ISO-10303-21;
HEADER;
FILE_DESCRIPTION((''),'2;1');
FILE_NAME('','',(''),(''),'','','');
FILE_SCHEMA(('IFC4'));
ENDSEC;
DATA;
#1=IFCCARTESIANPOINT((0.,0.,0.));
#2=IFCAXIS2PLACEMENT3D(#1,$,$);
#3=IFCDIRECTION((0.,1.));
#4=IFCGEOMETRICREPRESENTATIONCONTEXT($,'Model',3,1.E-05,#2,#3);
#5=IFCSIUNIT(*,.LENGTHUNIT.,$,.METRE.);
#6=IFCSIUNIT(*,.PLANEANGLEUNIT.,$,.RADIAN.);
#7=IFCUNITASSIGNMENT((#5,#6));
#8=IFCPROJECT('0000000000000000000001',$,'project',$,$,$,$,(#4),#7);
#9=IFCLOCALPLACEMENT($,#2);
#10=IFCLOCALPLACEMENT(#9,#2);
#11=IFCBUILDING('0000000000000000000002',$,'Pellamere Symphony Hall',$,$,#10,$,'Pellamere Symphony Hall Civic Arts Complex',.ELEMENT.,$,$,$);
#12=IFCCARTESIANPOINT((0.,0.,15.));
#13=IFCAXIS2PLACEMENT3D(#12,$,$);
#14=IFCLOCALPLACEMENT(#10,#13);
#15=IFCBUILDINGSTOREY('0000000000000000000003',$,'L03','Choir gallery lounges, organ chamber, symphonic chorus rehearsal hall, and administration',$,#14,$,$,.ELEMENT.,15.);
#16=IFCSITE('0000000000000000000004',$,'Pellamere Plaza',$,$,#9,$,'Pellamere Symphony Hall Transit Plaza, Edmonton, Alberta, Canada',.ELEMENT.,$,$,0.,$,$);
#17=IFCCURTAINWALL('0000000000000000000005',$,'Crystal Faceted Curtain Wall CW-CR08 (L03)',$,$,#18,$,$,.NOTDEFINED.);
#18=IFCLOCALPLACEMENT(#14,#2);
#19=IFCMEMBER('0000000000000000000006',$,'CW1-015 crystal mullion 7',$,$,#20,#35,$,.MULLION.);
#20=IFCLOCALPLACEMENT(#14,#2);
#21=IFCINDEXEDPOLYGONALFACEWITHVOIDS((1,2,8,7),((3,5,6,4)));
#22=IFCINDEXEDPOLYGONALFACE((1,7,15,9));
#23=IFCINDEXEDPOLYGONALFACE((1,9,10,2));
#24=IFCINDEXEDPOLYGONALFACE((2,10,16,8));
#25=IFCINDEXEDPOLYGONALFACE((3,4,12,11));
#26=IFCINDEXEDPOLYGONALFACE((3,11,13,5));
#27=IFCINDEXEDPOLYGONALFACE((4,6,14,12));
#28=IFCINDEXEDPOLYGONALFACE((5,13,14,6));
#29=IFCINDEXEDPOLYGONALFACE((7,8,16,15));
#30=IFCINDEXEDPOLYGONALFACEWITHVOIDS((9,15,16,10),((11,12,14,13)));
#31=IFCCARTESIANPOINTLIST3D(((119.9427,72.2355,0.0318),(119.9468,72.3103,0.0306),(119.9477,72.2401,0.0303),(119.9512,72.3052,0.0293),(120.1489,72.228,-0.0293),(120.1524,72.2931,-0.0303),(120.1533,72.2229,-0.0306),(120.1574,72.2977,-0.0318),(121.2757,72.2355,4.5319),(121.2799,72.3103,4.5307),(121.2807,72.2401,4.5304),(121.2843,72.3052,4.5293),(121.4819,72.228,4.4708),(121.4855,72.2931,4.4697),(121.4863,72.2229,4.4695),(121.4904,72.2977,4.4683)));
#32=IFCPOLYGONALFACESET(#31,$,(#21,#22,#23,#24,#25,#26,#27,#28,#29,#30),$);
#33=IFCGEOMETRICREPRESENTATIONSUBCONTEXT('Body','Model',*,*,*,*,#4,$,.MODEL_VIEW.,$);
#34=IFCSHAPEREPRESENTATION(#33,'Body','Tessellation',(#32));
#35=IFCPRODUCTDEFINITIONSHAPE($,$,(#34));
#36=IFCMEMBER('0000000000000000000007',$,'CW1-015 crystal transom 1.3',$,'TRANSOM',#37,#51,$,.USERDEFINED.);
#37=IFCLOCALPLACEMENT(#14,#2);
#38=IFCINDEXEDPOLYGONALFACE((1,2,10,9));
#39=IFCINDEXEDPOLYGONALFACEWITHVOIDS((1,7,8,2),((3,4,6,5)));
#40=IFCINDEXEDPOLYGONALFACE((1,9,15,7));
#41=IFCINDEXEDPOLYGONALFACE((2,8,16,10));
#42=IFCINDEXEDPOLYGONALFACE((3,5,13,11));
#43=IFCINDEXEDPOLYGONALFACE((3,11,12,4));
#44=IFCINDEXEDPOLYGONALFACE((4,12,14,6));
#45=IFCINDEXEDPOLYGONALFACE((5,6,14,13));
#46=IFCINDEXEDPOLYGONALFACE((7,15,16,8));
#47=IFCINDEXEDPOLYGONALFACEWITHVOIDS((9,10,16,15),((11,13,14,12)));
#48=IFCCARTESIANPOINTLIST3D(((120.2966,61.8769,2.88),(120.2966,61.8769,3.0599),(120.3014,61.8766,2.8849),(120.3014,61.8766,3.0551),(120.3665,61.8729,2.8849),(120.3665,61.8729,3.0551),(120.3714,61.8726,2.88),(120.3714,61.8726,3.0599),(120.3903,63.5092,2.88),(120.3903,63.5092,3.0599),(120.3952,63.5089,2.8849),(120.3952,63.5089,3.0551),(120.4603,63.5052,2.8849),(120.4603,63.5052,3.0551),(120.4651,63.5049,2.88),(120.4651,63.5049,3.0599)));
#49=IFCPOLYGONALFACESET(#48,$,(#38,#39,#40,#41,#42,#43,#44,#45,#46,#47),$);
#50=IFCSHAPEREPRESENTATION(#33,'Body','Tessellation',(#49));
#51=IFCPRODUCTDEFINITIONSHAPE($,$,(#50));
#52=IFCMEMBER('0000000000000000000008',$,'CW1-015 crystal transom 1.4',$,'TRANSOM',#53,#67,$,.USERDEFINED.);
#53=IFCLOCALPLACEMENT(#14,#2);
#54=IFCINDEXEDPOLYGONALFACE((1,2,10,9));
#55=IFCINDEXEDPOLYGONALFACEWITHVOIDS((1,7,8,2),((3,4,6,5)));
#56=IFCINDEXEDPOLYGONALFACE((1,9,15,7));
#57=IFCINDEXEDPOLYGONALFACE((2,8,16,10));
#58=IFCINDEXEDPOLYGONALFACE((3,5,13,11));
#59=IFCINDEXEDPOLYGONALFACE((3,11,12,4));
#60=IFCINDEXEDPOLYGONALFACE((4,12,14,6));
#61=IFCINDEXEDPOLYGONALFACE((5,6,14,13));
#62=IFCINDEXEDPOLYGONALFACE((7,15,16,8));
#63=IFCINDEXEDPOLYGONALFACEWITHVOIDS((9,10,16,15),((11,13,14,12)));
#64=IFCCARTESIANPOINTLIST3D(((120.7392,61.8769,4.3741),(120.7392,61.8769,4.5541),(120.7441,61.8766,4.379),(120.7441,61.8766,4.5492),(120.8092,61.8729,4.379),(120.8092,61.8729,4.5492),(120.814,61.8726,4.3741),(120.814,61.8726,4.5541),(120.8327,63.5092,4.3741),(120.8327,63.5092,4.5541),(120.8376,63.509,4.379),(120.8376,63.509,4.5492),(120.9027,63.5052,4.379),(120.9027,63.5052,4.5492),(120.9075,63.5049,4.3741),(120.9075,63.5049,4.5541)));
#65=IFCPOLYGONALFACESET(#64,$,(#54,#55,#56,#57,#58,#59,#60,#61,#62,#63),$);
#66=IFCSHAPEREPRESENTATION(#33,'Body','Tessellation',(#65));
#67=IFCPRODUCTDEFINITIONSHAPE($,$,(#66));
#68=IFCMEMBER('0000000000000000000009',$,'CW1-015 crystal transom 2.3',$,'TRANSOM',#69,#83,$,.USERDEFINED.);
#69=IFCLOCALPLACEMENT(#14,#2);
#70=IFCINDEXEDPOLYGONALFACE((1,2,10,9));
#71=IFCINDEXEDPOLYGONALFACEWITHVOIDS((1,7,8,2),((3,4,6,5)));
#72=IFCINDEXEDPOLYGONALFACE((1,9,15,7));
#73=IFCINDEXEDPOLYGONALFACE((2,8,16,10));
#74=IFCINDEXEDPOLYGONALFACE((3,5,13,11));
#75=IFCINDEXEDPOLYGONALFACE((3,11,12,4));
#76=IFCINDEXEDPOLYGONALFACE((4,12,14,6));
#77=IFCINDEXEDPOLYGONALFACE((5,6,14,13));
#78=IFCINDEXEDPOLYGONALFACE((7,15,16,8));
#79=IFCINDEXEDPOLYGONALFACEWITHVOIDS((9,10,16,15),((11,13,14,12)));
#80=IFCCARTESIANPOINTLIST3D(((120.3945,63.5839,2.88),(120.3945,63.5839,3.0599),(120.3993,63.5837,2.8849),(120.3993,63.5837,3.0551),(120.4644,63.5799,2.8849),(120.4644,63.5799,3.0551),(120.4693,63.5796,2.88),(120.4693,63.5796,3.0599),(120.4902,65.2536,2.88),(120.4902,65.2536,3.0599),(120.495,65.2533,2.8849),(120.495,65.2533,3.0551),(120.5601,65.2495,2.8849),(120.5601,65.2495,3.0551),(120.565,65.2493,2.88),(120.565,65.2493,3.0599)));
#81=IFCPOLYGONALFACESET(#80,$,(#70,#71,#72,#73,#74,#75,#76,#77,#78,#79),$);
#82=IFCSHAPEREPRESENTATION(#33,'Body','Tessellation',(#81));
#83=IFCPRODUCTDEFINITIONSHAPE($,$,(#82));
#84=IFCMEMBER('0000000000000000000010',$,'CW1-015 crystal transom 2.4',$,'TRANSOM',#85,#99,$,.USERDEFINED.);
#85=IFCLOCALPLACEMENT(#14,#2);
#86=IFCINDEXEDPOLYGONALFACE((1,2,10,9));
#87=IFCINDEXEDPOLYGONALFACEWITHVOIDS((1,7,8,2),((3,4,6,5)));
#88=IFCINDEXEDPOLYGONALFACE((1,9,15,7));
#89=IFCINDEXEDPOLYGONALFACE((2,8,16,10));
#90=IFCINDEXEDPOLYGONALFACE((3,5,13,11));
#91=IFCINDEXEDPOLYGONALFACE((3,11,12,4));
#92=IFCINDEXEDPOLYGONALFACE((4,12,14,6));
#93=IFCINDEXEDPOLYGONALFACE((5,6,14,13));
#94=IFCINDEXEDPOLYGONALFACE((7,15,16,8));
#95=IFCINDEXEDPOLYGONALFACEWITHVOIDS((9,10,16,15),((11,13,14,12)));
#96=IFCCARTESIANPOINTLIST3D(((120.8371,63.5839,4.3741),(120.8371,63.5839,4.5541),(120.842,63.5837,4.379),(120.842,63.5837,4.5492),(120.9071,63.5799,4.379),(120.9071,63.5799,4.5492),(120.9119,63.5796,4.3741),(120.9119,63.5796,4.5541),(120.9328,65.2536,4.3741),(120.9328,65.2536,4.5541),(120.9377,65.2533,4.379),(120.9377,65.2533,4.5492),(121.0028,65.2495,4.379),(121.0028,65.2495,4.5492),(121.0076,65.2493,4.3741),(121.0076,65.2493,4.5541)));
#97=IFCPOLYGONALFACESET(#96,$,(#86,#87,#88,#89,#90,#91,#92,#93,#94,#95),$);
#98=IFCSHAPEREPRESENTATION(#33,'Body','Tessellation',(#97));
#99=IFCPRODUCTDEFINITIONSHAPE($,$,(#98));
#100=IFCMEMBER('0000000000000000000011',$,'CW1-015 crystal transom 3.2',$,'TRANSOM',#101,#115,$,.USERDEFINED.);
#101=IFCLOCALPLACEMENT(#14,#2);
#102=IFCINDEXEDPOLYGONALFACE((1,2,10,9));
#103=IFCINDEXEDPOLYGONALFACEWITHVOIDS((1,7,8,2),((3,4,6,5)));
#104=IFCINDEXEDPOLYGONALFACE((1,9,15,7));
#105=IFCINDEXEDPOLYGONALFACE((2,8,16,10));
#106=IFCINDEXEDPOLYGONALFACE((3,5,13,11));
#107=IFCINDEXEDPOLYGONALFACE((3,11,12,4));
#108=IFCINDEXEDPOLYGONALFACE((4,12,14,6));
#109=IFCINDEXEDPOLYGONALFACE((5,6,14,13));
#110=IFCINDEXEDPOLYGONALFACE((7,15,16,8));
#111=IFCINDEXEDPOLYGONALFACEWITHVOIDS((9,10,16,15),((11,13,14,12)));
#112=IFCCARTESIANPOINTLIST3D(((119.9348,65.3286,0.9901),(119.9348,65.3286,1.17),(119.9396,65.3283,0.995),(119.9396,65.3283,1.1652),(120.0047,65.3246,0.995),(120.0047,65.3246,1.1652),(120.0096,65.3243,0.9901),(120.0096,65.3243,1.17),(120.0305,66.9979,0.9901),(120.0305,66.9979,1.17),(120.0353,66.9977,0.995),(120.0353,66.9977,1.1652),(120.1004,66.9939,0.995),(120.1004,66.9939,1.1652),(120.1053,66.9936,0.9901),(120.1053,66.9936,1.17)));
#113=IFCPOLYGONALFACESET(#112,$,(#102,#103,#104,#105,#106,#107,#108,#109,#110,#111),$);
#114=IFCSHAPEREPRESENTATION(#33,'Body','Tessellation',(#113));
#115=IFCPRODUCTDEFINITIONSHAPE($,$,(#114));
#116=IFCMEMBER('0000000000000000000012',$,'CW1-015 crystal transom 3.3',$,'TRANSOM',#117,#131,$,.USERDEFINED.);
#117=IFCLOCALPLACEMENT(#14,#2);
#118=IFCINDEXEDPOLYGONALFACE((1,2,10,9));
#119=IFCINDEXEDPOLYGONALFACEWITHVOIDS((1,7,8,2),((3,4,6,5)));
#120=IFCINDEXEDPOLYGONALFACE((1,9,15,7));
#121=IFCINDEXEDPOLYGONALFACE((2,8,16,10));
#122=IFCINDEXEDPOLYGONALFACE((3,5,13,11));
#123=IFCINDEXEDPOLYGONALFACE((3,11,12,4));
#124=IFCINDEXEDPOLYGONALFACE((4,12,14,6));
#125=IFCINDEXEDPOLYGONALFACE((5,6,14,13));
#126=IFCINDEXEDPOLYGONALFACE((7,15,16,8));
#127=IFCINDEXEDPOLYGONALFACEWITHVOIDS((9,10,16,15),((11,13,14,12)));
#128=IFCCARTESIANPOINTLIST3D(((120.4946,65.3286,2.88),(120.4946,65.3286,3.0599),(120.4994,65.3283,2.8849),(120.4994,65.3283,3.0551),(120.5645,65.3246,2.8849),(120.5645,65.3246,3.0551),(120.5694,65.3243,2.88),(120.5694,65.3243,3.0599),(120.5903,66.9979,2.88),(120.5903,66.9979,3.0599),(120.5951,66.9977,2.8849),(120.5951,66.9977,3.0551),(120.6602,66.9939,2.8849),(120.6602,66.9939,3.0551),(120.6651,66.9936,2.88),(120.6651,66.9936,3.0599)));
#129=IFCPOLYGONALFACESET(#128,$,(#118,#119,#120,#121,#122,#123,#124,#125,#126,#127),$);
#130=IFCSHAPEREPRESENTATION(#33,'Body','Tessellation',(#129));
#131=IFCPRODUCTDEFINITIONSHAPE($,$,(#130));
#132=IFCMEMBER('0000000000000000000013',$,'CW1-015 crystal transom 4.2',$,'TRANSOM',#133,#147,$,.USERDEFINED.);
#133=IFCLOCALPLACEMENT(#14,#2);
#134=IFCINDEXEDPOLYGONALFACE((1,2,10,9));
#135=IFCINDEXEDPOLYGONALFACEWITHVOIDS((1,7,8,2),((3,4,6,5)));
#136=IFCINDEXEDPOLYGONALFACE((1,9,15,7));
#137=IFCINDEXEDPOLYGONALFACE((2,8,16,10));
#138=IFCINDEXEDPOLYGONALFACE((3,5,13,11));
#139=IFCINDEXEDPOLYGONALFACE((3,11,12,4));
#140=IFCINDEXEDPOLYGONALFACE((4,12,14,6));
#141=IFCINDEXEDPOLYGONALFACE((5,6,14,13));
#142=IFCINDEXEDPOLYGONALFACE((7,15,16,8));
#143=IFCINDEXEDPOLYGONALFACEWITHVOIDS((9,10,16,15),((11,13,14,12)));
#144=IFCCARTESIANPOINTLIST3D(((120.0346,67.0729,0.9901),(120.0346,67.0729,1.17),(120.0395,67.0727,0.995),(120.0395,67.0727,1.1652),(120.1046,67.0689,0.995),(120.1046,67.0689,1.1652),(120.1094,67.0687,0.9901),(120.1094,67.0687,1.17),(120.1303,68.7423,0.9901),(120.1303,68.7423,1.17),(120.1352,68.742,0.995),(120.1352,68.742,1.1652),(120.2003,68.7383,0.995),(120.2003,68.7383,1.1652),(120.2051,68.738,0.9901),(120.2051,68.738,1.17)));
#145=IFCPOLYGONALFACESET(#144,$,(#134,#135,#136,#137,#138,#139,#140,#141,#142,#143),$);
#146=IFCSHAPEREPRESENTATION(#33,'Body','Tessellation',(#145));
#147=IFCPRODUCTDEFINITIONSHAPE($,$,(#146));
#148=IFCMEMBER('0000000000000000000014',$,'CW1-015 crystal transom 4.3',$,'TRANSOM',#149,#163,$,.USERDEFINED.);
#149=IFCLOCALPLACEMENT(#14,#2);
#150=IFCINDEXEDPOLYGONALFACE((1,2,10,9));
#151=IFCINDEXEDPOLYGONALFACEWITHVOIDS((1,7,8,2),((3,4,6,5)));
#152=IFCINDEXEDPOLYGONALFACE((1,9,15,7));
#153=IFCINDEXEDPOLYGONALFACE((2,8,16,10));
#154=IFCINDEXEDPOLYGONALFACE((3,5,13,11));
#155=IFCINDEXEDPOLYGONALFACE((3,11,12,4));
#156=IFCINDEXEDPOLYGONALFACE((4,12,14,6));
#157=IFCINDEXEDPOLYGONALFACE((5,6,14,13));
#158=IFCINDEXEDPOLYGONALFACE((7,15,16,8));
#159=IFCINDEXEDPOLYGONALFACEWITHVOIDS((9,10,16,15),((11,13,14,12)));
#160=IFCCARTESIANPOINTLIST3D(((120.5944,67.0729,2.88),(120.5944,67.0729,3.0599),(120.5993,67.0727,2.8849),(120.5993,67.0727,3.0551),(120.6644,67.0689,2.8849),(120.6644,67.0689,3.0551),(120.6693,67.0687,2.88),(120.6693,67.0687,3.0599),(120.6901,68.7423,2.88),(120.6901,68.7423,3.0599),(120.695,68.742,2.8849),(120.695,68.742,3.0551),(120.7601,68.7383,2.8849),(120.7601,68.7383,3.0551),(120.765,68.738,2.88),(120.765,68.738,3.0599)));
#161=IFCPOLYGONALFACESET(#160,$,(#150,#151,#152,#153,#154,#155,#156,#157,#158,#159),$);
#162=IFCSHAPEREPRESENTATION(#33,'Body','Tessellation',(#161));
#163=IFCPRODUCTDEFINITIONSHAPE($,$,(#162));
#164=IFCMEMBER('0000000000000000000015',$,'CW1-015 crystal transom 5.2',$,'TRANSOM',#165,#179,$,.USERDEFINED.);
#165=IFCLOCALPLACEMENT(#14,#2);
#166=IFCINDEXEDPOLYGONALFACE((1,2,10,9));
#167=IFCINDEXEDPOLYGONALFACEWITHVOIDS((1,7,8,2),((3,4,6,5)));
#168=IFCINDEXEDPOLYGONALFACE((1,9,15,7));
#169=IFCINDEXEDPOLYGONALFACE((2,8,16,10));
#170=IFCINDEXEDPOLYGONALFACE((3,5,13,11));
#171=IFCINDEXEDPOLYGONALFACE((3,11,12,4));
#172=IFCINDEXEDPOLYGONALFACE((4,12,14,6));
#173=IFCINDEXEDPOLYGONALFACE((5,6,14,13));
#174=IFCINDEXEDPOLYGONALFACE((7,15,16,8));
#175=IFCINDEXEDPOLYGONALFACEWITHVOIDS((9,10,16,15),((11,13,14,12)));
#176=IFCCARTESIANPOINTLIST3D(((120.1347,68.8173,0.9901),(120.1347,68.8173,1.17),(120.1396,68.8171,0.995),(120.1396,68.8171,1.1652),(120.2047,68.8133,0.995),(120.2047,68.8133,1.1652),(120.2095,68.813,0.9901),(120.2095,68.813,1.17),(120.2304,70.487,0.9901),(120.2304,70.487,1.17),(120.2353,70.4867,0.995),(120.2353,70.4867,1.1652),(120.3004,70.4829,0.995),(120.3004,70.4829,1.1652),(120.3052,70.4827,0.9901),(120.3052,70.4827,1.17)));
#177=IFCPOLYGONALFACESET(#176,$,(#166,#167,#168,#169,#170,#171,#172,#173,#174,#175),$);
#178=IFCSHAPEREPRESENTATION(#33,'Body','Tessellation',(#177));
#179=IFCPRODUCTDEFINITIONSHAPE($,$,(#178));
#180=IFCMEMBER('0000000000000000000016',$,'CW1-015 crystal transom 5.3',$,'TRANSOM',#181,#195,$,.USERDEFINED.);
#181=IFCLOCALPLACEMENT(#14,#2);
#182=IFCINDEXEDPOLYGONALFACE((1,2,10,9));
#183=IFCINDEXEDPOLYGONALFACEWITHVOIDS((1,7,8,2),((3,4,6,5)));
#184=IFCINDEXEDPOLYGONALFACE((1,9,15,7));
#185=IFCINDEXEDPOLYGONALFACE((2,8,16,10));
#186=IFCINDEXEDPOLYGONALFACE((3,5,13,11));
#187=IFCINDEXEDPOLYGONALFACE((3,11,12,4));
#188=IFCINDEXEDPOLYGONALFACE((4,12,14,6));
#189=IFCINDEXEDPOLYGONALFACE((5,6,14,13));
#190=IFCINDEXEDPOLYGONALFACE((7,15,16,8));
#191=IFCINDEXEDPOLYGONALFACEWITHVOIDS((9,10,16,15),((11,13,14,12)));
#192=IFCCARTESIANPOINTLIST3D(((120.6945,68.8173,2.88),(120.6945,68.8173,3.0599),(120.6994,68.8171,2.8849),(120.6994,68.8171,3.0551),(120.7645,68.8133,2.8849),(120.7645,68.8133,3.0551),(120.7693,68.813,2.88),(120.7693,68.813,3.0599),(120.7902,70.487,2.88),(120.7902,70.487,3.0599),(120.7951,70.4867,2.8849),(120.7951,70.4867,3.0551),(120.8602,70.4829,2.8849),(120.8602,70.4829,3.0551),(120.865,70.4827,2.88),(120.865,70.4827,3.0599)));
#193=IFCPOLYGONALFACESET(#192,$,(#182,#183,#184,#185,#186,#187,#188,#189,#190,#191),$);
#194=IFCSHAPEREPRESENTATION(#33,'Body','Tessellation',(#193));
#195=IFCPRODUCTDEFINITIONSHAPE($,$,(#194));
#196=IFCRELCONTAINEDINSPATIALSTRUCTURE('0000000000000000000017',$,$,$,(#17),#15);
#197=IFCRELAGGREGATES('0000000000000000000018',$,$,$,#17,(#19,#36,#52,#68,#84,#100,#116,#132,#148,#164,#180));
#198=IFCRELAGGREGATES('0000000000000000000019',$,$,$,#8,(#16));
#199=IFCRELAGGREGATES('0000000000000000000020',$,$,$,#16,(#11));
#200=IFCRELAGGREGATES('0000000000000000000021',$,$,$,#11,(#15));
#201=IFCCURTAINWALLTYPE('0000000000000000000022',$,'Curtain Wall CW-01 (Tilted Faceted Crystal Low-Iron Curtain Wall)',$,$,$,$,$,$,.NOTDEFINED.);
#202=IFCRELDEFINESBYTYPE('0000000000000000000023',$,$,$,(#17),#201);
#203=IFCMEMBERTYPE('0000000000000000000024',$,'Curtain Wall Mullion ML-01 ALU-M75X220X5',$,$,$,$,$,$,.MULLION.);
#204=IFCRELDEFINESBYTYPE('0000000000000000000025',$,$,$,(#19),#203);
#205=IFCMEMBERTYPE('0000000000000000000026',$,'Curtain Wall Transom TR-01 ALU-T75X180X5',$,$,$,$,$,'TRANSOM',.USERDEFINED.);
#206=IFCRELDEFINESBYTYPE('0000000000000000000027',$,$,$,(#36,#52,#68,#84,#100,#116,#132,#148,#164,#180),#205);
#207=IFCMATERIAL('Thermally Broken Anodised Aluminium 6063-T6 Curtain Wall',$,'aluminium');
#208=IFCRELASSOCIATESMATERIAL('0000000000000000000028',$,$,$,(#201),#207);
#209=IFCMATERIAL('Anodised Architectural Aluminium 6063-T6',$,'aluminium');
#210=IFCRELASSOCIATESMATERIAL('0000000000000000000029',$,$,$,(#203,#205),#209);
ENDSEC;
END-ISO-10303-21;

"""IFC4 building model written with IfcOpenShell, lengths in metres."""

from ifc_helpers import new_model, si_unit, direction, frame, origin, origin_2d, place, context, subcontext, project, spatial, hollow_rectangle, extrude, material, material_profile, profile_set, type_object, element, aggregate, save


model = new_model("IFC4")

# Units and contexts
model_context = context("Model", 3, precision=1e-05, world=origin(), true_north=direction((0.0, 1.0)))
body_context = subcontext(model_context, "Body", "Model", "MODEL_VIEW")
ifc_project = project(units=[si_unit("LENGTHUNIT", "METRE"), si_unit("PLANEANGLEUNIT", "RADIAN")], contexts=[model_context])

# Site, building, storey
site_placement = place(None, origin())
site = spatial("IfcSite", under=ifc_project, at=site_placement, Name="Pellamere Plaza", LongName="Pellamere Symphony Hall Transit Plaza, Edmonton, Alberta, Canada", CompositionType="ELEMENT", RefElevation=0.0)
building_placement = place(site_placement, origin())
building = spatial("IfcBuilding", under=site, at=building_placement, Name="Pellamere Symphony Hall", LongName="Pellamere Symphony Hall Civic Arts Complex", CompositionType="ELEMENT")
storey_placement = place(building_placement, frame((0.0, 0.0, 15.0)))
storey = spatial("IfcBuildingStorey", under=building, at=storey_placement, Name="L03", Description="Choir gallery lounges, organ chamber, symphonic chorus rehearsal hall, and administration", CompositionType="ELEMENT", Elevation=15.0)

# Curtain wall, members
ifc_material_1 = material(Name="Thermally Broken Anodised Aluminium 6063-T6 Curtain Wall", Category="aluminium")
curtain_wall_type = type_object("IfcCurtainWallType", Name="Curtain Wall CW-01 (Tilted Faceted Crystal Low-Iron Curtain Wall)", PredefinedType="NOTDEFINED", material=ifc_material_1)
curtain_wall_placement = place(storey_placement, origin())
curtain_wall = element("IfcCurtainWall", 1, at=curtain_wall_placement, inside=storey, type_object=curtain_wall_type, Name="Crystal Faceted Curtain Wall CW-CR08 (L03)", PredefinedType="NOTDEFINED")
ifc_material_2 = material(Name="Anodised Architectural Aluminium 6063-T6", Category="aluminium")
ifc_material_profile_1 = material_profile(ifc_material_2, hollow_rectangle(XDim=0.075, YDim=0.22, WallThickness=0.0049, at=origin_2d()), Name="ALU-M75X220X5")
ifc_profile_set_1 = profile_set([ifc_material_profile_1], Name="Anodised Architectural Aluminium 6063-T6")
member_type_1 = type_object("IfcMemberType", Name="Curtain Wall Mullion ML-01 ALU-M75X220X5", PredefinedType="MULLION", material=ifc_profile_set_1)
member_1_placement = place(storey_placement, frame((120.05, 72.2666, 0.0), z_axis=(0.284025, 0.0, 0.958817), x_axis=(-0.054874, -0.998361, 0.016255)))
member_1 = element("IfcMember", 2, at=member_1_placement, type_object=member_type_1, Name="CW1-015 crystal mullion 7", PredefinedType="MULLION", context=body_context, shape_type="SweptSolid", body=[
    extrude(hollow_rectangle(XDim=0.075, YDim=0.22, WallThickness=0.0049, at=origin_2d()), origin(), (0.0, 0.0, 1.0), 4.6934),
])
ifc_material_profile_2 = material_profile(ifc_material_2, hollow_rectangle(XDim=0.075, YDim=0.1799, WallThickness=0.0049, at=origin_2d()), Name="ALU-T75X180X5")
ifc_profile_set_2 = profile_set([ifc_material_profile_2], Name="Anodised Architectural Aluminium 6063-T6")
member_type_2 = type_object("IfcMemberType", Name="Curtain Wall Transom TR-01 ALU-T75X180X5", ElementType="TRANSOM", PredefinedType="USERDEFINED", material=ifc_profile_set_2)
member_2_placement = place(storey_placement, frame((120.334, 61.8748, 2.97), z_axis=(0.057339, 0.998355, 0.0), x_axis=(-0.998355, 0.057339, 0.0)))
member_2 = element("IfcMember", 3, at=member_2_placement, type_object=member_type_2, Name="CW1-015 crystal transom 1.3", ObjectType="TRANSOM", PredefinedType="USERDEFINED", context=body_context, shape_type="SweptSolid", body=[
    extrude(hollow_rectangle(XDim=0.075, YDim=0.1799, WallThickness=0.0049, at=origin_2d()), origin(), (0.0, 0.0, 1.0), 1.635),
])
member_3_placement = place(storey_placement, frame((120.7766, 61.8748, 4.4641), z_axis=(0.05719, 0.998363, 0.0), x_axis=(-0.998363, 0.05719, 0.0)))
member_3 = element("IfcMember", 4, at=member_3_placement, type_object=member_type_2, Name="CW1-015 crystal transom 1.4", ObjectType="TRANSOM", PredefinedType="USERDEFINED", context=body_context, shape_type="SweptSolid", body=[
    extrude(hollow_rectangle(XDim=0.075, YDim=0.1799, WallThickness=0.0049, at=origin_2d()), origin(), (0.0, 0.0, 1.0), 1.635),
])
member_4_placement = place(storey_placement, frame((120.4319, 63.5818, 2.97), z_axis=(0.057224, 0.998361, 0.0), x_axis=(-0.998361, 0.057224, 0.0)))
member_4 = element("IfcMember", 5, at=member_4_placement, type_object=member_type_2, Name="CW1-015 crystal transom 2.3", ObjectType="TRANSOM", PredefinedType="USERDEFINED", context=body_context, shape_type="SweptSolid", body=[
    extrude(hollow_rectangle(XDim=0.075, YDim=0.1799, WallThickness=0.0049, at=origin_2d()), origin(), (0.0, 0.0, 1.0), 1.6724),
])
member_5_placement = place(storey_placement, frame((120.8745, 63.5818, 4.4641), z_axis=(0.057224, 0.998361, 0.0), x_axis=(-0.998361, 0.057224, 0.0)))
member_5 = element("IfcMember", 6, at=member_5_placement, type_object=member_type_2, Name="CW1-015 crystal transom 2.4", ObjectType="TRANSOM", PredefinedType="USERDEFINED", context=body_context, shape_type="SweptSolid", body=[
    extrude(hollow_rectangle(XDim=0.075, YDim=0.1799, WallThickness=0.0049, at=origin_2d()), origin(), (0.0, 0.0, 1.0), 1.6724),
])
member_6_placement = place(storey_placement, frame((119.9722, 65.3264, 1.0801), z_axis=(0.057233, 0.998361, 0.0), x_axis=(-0.998361, 0.057233, 0.0)))
member_6 = element("IfcMember", 7, at=member_6_placement, type_object=member_type_2, Name="CW1-015 crystal transom 3.2", ObjectType="TRANSOM", PredefinedType="USERDEFINED", context=body_context, shape_type="SweptSolid", body=[
    extrude(hollow_rectangle(XDim=0.075, YDim=0.1799, WallThickness=0.0049, at=origin_2d()), origin(), (0.0, 0.0, 1.0), 1.6721),
])
member_7_placement = place(storey_placement, frame((120.532, 65.3264, 2.97), z_axis=(0.057233, 0.998361, 0.0), x_axis=(-0.998361, 0.057233, 0.0)))
member_7 = element("IfcMember", 8, at=member_7_placement, type_object=member_type_2, Name="CW1-015 crystal transom 3.3", ObjectType="TRANSOM", PredefinedType="USERDEFINED", context=body_context, shape_type="SweptSolid", body=[
    extrude(hollow_rectangle(XDim=0.075, YDim=0.1799, WallThickness=0.0049, at=origin_2d()), origin(), (0.0, 0.0, 1.0), 1.6721),
])
member_8_placement = place(storey_placement, frame((120.072, 67.0708, 1.0801), z_axis=(0.057233, 0.998361, 0.0), x_axis=(-0.998361, 0.057233, 0.0)))
member_8 = element("IfcMember", 9, at=member_8_placement, type_object=member_type_2, Name="CW1-015 crystal transom 4.2", ObjectType="TRANSOM", PredefinedType="USERDEFINED", context=body_context, shape_type="SweptSolid", body=[
    extrude(hollow_rectangle(XDim=0.075, YDim=0.1799, WallThickness=0.0049, at=origin_2d()), origin(), (0.0, 0.0, 1.0), 1.6721),
])
member_9_placement = place(storey_placement, frame((120.6318, 67.0708, 2.97), z_axis=(0.057233, 0.998361, 0.0), x_axis=(-0.998361, 0.057233, 0.0)))
member_9 = element("IfcMember", 10, at=member_9_placement, type_object=member_type_2, Name="CW1-015 crystal transom 4.3", ObjectType="TRANSOM", PredefinedType="USERDEFINED", context=body_context, shape_type="SweptSolid", body=[
    extrude(hollow_rectangle(XDim=0.075, YDim=0.1799, WallThickness=0.0049, at=origin_2d()), origin(), (0.0, 0.0, 1.0), 1.6721),
])
member_10_placement = place(storey_placement, frame((120.1721, 68.8152, 1.0801), z_axis=(0.057224, 0.998361, 0.0), x_axis=(-0.998361, 0.057224, 0.0)))
member_10 = element("IfcMember", 11, at=member_10_placement, type_object=member_type_2, Name="CW1-015 crystal transom 5.2", ObjectType="TRANSOM", PredefinedType="USERDEFINED", context=body_context, shape_type="SweptSolid", body=[
    extrude(hollow_rectangle(XDim=0.075, YDim=0.1799, WallThickness=0.0049, at=origin_2d()), origin(), (0.0, 0.0, 1.0), 1.6724),
])
member_11_placement = place(storey_placement, frame((120.7319, 68.8152, 2.97), z_axis=(0.057224, 0.998361, 0.0), x_axis=(-0.998361, 0.057224, 0.0)))
member_11 = element("IfcMember", 12, at=member_11_placement, type_object=member_type_2, Name="CW1-015 crystal transom 5.3", ObjectType="TRANSOM", PredefinedType="USERDEFINED", context=body_context, shape_type="SweptSolid", body=[
    extrude(hollow_rectangle(XDim=0.075, YDim=0.1799, WallThickness=0.0049, at=origin_2d()), origin(), (0.0, 0.0, 1.0), 1.6724),
])
aggregate(curtain_wall, [member_1, member_2, member_3, member_4, member_5, member_6, member_7, member_8, member_9, member_10, member_11])

save(model, "model.ifc")
